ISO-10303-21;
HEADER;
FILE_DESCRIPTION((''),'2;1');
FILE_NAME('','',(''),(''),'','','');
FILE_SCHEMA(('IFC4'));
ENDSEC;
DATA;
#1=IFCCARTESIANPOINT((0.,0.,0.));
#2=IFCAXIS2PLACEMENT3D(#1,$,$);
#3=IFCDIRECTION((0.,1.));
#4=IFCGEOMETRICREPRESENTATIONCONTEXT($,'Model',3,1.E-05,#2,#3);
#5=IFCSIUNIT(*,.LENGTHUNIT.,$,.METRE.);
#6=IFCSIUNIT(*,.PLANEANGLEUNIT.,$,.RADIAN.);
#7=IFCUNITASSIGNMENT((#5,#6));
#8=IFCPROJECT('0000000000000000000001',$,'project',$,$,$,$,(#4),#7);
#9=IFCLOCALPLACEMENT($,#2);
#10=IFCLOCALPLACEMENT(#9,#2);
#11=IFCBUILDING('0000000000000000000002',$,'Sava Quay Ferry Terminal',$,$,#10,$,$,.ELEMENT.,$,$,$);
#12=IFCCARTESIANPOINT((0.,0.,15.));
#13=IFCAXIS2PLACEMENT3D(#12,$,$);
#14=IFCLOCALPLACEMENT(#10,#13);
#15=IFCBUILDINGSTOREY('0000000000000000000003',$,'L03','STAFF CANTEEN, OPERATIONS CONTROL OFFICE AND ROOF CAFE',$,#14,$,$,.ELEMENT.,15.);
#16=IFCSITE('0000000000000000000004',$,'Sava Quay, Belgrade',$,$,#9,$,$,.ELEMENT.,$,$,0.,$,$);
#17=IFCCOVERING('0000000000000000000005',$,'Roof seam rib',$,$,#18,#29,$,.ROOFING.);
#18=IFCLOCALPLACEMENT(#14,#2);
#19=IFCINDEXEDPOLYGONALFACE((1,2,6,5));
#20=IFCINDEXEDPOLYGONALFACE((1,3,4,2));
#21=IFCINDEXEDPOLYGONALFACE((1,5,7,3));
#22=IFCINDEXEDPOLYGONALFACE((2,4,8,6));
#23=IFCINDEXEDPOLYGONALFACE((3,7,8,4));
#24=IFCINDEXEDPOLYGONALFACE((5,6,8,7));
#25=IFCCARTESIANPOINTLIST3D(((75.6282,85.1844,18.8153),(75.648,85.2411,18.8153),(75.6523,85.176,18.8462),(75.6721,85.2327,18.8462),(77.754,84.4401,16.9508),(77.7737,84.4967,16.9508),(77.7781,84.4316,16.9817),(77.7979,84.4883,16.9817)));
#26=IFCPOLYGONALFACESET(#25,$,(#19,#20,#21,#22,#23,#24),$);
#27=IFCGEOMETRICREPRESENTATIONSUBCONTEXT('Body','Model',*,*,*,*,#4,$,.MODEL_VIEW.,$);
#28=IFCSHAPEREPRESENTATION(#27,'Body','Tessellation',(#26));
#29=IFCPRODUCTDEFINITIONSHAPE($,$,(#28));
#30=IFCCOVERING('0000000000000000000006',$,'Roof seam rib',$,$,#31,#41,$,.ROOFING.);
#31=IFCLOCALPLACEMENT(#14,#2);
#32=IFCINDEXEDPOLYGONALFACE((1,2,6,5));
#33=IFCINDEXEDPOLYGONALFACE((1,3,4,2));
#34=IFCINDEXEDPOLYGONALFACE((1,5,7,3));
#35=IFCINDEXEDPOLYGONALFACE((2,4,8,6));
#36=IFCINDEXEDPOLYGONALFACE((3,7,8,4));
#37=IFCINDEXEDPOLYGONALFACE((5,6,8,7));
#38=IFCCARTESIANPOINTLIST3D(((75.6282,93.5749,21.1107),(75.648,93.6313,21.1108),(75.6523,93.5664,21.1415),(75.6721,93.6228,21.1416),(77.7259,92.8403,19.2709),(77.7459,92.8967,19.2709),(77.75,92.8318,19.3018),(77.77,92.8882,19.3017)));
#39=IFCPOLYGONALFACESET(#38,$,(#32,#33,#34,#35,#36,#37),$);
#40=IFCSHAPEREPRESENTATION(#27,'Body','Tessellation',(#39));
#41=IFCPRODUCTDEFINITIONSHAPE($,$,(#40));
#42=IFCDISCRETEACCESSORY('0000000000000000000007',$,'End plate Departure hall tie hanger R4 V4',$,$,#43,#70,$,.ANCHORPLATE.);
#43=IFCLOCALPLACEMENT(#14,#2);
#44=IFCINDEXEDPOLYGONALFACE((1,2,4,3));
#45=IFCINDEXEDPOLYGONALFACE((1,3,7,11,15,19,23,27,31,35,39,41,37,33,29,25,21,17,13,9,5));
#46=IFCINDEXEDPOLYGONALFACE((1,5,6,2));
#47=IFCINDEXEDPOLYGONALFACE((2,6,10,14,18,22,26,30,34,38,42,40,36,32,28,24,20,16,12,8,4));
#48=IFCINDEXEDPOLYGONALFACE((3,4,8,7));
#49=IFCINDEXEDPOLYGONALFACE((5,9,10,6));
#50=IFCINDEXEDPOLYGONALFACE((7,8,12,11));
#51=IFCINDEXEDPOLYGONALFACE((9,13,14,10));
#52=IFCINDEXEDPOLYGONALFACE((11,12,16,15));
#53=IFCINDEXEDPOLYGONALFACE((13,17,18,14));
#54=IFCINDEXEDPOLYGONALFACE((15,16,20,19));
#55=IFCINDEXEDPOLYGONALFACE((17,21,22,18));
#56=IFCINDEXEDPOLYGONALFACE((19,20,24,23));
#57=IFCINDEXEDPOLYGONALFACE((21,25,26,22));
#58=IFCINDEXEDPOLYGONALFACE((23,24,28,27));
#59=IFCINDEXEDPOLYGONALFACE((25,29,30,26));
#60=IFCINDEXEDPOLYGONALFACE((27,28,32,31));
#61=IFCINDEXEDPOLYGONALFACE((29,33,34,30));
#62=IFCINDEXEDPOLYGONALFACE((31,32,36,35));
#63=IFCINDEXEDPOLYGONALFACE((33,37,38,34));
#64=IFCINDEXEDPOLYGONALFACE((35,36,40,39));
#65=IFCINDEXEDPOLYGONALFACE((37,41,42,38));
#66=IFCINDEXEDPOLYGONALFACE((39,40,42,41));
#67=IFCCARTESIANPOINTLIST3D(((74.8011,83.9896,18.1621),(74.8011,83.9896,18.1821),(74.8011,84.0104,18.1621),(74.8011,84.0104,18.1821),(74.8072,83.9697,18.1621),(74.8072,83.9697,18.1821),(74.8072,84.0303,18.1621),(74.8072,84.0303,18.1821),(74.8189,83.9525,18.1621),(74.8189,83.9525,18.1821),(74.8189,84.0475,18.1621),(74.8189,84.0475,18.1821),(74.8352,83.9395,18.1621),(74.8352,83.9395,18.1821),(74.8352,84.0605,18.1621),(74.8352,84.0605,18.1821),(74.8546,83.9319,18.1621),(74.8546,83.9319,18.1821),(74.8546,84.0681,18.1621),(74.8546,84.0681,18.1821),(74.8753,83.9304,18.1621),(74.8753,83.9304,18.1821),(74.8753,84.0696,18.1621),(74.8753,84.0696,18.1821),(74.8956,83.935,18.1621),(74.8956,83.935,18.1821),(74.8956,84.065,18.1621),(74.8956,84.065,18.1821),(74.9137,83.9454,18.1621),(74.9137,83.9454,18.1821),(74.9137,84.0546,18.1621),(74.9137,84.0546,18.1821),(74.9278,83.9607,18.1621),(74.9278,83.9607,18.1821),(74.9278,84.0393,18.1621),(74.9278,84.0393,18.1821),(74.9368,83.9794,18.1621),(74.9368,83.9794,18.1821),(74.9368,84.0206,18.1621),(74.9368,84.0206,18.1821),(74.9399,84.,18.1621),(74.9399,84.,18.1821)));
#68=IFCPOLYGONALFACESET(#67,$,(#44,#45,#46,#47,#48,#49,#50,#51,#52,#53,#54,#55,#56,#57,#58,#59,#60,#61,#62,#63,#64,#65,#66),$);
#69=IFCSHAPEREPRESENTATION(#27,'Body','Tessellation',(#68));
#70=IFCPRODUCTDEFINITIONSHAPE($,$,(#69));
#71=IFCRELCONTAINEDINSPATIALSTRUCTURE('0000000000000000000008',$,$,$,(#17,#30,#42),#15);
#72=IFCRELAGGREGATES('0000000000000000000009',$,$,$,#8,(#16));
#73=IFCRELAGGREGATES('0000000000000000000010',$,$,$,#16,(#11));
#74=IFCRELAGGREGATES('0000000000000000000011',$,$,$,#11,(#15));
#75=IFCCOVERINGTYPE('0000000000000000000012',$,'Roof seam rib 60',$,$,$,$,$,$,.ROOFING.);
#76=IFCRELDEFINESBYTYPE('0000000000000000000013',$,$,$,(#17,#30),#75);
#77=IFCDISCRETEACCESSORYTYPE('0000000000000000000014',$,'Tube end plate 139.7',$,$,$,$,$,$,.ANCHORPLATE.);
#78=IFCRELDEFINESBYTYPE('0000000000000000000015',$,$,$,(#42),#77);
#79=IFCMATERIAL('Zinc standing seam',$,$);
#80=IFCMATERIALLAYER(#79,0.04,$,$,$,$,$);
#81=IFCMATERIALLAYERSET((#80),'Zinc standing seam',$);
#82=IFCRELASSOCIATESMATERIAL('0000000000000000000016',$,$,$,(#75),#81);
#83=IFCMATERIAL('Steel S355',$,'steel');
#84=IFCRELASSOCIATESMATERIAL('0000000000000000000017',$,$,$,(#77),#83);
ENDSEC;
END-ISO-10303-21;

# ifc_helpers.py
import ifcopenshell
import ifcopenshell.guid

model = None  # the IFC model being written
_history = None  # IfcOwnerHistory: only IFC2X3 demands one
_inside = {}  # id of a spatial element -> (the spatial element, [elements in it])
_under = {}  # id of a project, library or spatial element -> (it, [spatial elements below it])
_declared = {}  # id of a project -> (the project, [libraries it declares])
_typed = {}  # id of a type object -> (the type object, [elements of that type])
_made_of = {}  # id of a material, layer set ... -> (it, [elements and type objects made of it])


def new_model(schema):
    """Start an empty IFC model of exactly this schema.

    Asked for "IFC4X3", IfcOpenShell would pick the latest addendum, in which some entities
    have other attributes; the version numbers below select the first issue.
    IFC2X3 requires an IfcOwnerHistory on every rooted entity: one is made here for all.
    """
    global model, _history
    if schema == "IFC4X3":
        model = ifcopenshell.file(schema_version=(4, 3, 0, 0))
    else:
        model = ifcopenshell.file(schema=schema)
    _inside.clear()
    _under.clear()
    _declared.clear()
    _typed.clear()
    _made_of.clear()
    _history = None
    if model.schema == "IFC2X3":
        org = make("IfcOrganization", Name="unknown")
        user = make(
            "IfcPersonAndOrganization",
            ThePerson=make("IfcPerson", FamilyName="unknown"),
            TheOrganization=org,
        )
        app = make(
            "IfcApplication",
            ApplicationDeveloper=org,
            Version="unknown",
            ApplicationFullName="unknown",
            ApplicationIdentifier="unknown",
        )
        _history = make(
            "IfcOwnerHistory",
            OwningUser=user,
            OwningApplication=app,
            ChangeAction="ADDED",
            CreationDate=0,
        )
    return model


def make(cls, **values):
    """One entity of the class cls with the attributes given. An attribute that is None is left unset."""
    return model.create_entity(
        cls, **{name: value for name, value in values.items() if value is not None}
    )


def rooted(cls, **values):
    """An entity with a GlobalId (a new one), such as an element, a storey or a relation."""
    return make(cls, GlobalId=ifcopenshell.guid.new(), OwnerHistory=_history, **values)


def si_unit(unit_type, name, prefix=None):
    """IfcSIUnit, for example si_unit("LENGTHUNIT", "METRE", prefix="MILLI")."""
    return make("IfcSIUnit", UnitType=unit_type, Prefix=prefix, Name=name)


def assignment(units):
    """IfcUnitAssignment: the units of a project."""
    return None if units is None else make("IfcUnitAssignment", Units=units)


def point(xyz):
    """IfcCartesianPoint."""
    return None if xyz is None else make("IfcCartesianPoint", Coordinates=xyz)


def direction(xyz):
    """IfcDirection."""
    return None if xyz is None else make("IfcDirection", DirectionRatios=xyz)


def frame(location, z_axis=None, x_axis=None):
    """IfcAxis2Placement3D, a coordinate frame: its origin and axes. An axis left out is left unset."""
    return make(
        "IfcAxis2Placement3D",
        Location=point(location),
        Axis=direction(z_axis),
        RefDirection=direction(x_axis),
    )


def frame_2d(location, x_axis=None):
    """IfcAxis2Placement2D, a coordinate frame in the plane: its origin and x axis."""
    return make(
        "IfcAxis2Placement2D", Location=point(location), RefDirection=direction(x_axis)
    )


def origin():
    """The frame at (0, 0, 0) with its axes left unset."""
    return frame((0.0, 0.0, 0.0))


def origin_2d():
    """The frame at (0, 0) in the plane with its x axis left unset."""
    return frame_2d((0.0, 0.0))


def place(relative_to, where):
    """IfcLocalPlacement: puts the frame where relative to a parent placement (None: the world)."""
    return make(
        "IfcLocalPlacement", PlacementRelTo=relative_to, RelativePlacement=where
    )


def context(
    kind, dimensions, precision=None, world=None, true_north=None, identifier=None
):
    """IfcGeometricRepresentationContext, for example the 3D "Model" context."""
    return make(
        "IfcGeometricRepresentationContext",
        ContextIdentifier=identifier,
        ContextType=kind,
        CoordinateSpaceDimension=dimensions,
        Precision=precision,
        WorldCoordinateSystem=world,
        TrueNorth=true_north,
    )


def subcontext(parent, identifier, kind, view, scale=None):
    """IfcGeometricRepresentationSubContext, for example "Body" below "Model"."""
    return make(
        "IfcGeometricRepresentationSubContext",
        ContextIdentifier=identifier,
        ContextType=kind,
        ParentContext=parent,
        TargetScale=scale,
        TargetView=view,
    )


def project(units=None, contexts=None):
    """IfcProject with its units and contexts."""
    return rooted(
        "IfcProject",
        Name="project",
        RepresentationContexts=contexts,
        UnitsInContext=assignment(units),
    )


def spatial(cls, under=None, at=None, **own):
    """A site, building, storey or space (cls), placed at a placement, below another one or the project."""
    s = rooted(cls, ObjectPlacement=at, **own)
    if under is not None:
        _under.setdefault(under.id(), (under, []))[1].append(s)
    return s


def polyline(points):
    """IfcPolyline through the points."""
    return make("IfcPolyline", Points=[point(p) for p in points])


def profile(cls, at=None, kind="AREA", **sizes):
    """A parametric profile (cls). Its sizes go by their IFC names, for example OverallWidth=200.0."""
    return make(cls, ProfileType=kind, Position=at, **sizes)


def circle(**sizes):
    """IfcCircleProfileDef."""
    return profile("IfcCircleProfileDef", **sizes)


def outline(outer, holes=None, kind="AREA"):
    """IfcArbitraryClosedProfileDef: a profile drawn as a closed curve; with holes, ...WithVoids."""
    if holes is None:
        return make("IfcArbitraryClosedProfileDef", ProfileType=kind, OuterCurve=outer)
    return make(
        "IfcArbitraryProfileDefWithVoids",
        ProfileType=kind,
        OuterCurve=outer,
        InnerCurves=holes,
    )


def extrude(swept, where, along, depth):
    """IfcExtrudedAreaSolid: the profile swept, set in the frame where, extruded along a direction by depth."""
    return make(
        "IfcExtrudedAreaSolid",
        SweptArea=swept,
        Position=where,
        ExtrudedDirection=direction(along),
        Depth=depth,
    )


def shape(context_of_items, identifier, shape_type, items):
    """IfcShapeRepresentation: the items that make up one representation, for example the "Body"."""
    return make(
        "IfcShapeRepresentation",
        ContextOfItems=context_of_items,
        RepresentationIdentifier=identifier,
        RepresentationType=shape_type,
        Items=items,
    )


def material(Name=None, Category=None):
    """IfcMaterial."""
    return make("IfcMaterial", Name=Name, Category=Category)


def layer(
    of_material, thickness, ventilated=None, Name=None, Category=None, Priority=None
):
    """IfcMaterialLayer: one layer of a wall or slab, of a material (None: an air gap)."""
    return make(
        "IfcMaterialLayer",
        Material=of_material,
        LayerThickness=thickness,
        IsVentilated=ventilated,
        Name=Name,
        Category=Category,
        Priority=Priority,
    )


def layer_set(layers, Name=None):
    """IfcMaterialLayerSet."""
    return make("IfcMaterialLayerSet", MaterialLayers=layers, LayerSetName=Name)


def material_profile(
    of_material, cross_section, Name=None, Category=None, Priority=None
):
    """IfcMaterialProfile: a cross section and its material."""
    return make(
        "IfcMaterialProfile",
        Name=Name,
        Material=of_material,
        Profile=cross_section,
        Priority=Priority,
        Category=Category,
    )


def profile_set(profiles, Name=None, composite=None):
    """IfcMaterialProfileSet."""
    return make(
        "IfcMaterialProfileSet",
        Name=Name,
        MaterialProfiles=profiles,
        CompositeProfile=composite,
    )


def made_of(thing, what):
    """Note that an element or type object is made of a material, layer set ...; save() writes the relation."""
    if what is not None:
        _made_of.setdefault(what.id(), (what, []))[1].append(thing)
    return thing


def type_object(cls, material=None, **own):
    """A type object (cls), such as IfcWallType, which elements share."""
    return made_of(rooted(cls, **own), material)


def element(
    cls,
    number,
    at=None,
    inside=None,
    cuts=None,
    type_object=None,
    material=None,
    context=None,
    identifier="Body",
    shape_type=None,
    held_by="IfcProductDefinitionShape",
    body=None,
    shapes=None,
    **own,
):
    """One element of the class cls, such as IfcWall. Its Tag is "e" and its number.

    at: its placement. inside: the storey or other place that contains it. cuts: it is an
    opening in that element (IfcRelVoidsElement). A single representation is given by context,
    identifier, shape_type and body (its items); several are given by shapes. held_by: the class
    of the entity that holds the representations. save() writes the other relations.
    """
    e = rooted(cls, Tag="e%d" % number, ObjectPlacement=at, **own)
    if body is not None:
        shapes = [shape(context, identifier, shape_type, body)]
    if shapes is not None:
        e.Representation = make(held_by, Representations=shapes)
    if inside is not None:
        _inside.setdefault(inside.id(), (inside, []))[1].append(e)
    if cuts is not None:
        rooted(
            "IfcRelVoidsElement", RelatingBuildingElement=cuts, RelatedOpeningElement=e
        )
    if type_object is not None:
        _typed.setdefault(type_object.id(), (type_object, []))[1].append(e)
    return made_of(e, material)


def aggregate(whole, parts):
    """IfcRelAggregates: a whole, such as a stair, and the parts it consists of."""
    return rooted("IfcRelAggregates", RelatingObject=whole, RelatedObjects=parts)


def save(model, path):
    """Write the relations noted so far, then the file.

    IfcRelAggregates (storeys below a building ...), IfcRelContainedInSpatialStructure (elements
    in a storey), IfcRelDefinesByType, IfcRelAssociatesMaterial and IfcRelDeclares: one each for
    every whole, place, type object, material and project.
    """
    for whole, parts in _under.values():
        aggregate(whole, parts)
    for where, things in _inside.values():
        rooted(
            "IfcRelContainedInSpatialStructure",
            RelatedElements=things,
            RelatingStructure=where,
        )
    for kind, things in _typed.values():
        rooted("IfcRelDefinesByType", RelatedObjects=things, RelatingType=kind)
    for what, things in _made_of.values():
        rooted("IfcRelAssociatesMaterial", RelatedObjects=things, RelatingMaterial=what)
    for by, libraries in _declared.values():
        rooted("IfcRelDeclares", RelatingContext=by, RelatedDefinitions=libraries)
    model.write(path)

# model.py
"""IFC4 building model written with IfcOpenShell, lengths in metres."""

from ifc_helpers import new_model, si_unit, direction, frame, origin, origin_2d, place, context, subcontext, project, spatial, polyline, circle, outline, extrude, material, layer, layer_set, material_profile, profile_set, type_object, element, save


model = new_model("IFC4")

# Units and contexts
model_context = context("Model", 3, precision=1e-05, world=origin(), true_north=direction((0.0, 1.0)))
body_context = subcontext(model_context, "Body", "Model", "MODEL_VIEW")
ifc_project = project(units=[si_unit("LENGTHUNIT", "METRE"), si_unit("PLANEANGLEUNIT", "RADIAN")], contexts=[model_context])

# Site, building, storey
site_placement = place(None, origin())
site = spatial("IfcSite", under=ifc_project, at=site_placement, Name="Sava Quay, Belgrade", CompositionType="ELEMENT", RefElevation=0.0)
building_placement = place(site_placement, origin())
building = spatial("IfcBuilding", under=site, at=building_placement, Name="Sava Quay Ferry Terminal", CompositionType="ELEMENT")
storey_placement = place(building_placement, frame((0.0, 0.0, 15.0)))
storey = spatial("IfcBuildingStorey", under=building, at=storey_placement, Name="L03", Description="STAFF CANTEEN, OPERATIONS CONTROL OFFICE AND ROOF CAFE", CompositionType="ELEMENT", Elevation=15.0)

# Coverings
ifc_material_1 = material(Name="Zinc standing seam")
ifc_layer_1 = layer(ifc_material_1, 0.04)
ifc_layer_set_1 = layer_set([ifc_layer_1], Name="Zinc standing seam")
covering_type = type_object("IfcCoveringType", Name="Roof seam rib 60", PredefinedType="ROOFING", material=ifc_layer_set_1)
covering_1_placement = place(storey_placement, frame((77.7781, 84.4316, 16.9817), z_axis=(0.602037, -0.210194, 0.770305), x_axis=(-0.727019, 0.254586, 0.637676)))
element("IfcCovering", 1, at=covering_1_placement, inside=storey, type_object=covering_type, Name="Roof seam rib", PredefinedType="ROOFING", context=body_context, shape_type="SweptSolid", body=[
    extrude(outline(polyline([(0.0, 0.0), (2.9239, 0.0), (2.9239, -0.06), (0.0, -0.06), (0.0, 0.0)])), origin(), (0.0, 0.0, -1.0), 0.04),
])
covering_2_placement = place(storey_placement, frame((77.75, 92.8318, 19.3018), z_axis=(0.601319, -0.212154, 0.770329), x_axis=(-0.727035, 0.254615, 0.637646)))
element("IfcCovering", 2, at=covering_2_placement, inside=storey, type_object=covering_type, Name="Roof seam rib", PredefinedType="ROOFING", context=body_context, shape_type="SweptSolid", body=[
    extrude(outline(polyline([(0.0, 0.0), (2.8853, 0.0), (2.8853, -0.0598), (-0.0002, -0.0598), (0.0, 0.0)])), origin(), (0.0, 0.0, -1.0), 0.04),
])

# Discrete accessory
ifc_material_2 = material(Name="Steel S355", Category="steel")
ifc_material_profile_1 = material_profile(ifc_material_2, circle(Radius=0.0698, at=origin_2d()), Name="Plate 139.7 dia x 20")
ifc_profile_set_1 = profile_set([ifc_material_profile_1], Name="Steel S355")
discrete_accessory_type = type_object("IfcDiscreteAccessoryType", Name="Tube end plate 139.7", PredefinedType="ANCHORPLATE", material=ifc_profile_set_1)
discrete_accessory_placement = place(storey_placement, frame((74.8701, 84.0, 18.1621), z_axis=(0.0, 0.0, 1.0), x_axis=(1.0, 0.0, 0.0)))
element("IfcDiscreteAccessory", 3, at=discrete_accessory_placement, inside=storey, type_object=discrete_accessory_type, Name="End plate Departure hall tie hanger R4 V4", PredefinedType="ANCHORPLATE", context=body_context, shape_type="SweptSolid", body=[
    extrude(circle(Radius=0.0698, at=origin_2d()), origin(), (0.0, 0.0, 1.0), 0.02),
])

save(model, "model.ifc")
